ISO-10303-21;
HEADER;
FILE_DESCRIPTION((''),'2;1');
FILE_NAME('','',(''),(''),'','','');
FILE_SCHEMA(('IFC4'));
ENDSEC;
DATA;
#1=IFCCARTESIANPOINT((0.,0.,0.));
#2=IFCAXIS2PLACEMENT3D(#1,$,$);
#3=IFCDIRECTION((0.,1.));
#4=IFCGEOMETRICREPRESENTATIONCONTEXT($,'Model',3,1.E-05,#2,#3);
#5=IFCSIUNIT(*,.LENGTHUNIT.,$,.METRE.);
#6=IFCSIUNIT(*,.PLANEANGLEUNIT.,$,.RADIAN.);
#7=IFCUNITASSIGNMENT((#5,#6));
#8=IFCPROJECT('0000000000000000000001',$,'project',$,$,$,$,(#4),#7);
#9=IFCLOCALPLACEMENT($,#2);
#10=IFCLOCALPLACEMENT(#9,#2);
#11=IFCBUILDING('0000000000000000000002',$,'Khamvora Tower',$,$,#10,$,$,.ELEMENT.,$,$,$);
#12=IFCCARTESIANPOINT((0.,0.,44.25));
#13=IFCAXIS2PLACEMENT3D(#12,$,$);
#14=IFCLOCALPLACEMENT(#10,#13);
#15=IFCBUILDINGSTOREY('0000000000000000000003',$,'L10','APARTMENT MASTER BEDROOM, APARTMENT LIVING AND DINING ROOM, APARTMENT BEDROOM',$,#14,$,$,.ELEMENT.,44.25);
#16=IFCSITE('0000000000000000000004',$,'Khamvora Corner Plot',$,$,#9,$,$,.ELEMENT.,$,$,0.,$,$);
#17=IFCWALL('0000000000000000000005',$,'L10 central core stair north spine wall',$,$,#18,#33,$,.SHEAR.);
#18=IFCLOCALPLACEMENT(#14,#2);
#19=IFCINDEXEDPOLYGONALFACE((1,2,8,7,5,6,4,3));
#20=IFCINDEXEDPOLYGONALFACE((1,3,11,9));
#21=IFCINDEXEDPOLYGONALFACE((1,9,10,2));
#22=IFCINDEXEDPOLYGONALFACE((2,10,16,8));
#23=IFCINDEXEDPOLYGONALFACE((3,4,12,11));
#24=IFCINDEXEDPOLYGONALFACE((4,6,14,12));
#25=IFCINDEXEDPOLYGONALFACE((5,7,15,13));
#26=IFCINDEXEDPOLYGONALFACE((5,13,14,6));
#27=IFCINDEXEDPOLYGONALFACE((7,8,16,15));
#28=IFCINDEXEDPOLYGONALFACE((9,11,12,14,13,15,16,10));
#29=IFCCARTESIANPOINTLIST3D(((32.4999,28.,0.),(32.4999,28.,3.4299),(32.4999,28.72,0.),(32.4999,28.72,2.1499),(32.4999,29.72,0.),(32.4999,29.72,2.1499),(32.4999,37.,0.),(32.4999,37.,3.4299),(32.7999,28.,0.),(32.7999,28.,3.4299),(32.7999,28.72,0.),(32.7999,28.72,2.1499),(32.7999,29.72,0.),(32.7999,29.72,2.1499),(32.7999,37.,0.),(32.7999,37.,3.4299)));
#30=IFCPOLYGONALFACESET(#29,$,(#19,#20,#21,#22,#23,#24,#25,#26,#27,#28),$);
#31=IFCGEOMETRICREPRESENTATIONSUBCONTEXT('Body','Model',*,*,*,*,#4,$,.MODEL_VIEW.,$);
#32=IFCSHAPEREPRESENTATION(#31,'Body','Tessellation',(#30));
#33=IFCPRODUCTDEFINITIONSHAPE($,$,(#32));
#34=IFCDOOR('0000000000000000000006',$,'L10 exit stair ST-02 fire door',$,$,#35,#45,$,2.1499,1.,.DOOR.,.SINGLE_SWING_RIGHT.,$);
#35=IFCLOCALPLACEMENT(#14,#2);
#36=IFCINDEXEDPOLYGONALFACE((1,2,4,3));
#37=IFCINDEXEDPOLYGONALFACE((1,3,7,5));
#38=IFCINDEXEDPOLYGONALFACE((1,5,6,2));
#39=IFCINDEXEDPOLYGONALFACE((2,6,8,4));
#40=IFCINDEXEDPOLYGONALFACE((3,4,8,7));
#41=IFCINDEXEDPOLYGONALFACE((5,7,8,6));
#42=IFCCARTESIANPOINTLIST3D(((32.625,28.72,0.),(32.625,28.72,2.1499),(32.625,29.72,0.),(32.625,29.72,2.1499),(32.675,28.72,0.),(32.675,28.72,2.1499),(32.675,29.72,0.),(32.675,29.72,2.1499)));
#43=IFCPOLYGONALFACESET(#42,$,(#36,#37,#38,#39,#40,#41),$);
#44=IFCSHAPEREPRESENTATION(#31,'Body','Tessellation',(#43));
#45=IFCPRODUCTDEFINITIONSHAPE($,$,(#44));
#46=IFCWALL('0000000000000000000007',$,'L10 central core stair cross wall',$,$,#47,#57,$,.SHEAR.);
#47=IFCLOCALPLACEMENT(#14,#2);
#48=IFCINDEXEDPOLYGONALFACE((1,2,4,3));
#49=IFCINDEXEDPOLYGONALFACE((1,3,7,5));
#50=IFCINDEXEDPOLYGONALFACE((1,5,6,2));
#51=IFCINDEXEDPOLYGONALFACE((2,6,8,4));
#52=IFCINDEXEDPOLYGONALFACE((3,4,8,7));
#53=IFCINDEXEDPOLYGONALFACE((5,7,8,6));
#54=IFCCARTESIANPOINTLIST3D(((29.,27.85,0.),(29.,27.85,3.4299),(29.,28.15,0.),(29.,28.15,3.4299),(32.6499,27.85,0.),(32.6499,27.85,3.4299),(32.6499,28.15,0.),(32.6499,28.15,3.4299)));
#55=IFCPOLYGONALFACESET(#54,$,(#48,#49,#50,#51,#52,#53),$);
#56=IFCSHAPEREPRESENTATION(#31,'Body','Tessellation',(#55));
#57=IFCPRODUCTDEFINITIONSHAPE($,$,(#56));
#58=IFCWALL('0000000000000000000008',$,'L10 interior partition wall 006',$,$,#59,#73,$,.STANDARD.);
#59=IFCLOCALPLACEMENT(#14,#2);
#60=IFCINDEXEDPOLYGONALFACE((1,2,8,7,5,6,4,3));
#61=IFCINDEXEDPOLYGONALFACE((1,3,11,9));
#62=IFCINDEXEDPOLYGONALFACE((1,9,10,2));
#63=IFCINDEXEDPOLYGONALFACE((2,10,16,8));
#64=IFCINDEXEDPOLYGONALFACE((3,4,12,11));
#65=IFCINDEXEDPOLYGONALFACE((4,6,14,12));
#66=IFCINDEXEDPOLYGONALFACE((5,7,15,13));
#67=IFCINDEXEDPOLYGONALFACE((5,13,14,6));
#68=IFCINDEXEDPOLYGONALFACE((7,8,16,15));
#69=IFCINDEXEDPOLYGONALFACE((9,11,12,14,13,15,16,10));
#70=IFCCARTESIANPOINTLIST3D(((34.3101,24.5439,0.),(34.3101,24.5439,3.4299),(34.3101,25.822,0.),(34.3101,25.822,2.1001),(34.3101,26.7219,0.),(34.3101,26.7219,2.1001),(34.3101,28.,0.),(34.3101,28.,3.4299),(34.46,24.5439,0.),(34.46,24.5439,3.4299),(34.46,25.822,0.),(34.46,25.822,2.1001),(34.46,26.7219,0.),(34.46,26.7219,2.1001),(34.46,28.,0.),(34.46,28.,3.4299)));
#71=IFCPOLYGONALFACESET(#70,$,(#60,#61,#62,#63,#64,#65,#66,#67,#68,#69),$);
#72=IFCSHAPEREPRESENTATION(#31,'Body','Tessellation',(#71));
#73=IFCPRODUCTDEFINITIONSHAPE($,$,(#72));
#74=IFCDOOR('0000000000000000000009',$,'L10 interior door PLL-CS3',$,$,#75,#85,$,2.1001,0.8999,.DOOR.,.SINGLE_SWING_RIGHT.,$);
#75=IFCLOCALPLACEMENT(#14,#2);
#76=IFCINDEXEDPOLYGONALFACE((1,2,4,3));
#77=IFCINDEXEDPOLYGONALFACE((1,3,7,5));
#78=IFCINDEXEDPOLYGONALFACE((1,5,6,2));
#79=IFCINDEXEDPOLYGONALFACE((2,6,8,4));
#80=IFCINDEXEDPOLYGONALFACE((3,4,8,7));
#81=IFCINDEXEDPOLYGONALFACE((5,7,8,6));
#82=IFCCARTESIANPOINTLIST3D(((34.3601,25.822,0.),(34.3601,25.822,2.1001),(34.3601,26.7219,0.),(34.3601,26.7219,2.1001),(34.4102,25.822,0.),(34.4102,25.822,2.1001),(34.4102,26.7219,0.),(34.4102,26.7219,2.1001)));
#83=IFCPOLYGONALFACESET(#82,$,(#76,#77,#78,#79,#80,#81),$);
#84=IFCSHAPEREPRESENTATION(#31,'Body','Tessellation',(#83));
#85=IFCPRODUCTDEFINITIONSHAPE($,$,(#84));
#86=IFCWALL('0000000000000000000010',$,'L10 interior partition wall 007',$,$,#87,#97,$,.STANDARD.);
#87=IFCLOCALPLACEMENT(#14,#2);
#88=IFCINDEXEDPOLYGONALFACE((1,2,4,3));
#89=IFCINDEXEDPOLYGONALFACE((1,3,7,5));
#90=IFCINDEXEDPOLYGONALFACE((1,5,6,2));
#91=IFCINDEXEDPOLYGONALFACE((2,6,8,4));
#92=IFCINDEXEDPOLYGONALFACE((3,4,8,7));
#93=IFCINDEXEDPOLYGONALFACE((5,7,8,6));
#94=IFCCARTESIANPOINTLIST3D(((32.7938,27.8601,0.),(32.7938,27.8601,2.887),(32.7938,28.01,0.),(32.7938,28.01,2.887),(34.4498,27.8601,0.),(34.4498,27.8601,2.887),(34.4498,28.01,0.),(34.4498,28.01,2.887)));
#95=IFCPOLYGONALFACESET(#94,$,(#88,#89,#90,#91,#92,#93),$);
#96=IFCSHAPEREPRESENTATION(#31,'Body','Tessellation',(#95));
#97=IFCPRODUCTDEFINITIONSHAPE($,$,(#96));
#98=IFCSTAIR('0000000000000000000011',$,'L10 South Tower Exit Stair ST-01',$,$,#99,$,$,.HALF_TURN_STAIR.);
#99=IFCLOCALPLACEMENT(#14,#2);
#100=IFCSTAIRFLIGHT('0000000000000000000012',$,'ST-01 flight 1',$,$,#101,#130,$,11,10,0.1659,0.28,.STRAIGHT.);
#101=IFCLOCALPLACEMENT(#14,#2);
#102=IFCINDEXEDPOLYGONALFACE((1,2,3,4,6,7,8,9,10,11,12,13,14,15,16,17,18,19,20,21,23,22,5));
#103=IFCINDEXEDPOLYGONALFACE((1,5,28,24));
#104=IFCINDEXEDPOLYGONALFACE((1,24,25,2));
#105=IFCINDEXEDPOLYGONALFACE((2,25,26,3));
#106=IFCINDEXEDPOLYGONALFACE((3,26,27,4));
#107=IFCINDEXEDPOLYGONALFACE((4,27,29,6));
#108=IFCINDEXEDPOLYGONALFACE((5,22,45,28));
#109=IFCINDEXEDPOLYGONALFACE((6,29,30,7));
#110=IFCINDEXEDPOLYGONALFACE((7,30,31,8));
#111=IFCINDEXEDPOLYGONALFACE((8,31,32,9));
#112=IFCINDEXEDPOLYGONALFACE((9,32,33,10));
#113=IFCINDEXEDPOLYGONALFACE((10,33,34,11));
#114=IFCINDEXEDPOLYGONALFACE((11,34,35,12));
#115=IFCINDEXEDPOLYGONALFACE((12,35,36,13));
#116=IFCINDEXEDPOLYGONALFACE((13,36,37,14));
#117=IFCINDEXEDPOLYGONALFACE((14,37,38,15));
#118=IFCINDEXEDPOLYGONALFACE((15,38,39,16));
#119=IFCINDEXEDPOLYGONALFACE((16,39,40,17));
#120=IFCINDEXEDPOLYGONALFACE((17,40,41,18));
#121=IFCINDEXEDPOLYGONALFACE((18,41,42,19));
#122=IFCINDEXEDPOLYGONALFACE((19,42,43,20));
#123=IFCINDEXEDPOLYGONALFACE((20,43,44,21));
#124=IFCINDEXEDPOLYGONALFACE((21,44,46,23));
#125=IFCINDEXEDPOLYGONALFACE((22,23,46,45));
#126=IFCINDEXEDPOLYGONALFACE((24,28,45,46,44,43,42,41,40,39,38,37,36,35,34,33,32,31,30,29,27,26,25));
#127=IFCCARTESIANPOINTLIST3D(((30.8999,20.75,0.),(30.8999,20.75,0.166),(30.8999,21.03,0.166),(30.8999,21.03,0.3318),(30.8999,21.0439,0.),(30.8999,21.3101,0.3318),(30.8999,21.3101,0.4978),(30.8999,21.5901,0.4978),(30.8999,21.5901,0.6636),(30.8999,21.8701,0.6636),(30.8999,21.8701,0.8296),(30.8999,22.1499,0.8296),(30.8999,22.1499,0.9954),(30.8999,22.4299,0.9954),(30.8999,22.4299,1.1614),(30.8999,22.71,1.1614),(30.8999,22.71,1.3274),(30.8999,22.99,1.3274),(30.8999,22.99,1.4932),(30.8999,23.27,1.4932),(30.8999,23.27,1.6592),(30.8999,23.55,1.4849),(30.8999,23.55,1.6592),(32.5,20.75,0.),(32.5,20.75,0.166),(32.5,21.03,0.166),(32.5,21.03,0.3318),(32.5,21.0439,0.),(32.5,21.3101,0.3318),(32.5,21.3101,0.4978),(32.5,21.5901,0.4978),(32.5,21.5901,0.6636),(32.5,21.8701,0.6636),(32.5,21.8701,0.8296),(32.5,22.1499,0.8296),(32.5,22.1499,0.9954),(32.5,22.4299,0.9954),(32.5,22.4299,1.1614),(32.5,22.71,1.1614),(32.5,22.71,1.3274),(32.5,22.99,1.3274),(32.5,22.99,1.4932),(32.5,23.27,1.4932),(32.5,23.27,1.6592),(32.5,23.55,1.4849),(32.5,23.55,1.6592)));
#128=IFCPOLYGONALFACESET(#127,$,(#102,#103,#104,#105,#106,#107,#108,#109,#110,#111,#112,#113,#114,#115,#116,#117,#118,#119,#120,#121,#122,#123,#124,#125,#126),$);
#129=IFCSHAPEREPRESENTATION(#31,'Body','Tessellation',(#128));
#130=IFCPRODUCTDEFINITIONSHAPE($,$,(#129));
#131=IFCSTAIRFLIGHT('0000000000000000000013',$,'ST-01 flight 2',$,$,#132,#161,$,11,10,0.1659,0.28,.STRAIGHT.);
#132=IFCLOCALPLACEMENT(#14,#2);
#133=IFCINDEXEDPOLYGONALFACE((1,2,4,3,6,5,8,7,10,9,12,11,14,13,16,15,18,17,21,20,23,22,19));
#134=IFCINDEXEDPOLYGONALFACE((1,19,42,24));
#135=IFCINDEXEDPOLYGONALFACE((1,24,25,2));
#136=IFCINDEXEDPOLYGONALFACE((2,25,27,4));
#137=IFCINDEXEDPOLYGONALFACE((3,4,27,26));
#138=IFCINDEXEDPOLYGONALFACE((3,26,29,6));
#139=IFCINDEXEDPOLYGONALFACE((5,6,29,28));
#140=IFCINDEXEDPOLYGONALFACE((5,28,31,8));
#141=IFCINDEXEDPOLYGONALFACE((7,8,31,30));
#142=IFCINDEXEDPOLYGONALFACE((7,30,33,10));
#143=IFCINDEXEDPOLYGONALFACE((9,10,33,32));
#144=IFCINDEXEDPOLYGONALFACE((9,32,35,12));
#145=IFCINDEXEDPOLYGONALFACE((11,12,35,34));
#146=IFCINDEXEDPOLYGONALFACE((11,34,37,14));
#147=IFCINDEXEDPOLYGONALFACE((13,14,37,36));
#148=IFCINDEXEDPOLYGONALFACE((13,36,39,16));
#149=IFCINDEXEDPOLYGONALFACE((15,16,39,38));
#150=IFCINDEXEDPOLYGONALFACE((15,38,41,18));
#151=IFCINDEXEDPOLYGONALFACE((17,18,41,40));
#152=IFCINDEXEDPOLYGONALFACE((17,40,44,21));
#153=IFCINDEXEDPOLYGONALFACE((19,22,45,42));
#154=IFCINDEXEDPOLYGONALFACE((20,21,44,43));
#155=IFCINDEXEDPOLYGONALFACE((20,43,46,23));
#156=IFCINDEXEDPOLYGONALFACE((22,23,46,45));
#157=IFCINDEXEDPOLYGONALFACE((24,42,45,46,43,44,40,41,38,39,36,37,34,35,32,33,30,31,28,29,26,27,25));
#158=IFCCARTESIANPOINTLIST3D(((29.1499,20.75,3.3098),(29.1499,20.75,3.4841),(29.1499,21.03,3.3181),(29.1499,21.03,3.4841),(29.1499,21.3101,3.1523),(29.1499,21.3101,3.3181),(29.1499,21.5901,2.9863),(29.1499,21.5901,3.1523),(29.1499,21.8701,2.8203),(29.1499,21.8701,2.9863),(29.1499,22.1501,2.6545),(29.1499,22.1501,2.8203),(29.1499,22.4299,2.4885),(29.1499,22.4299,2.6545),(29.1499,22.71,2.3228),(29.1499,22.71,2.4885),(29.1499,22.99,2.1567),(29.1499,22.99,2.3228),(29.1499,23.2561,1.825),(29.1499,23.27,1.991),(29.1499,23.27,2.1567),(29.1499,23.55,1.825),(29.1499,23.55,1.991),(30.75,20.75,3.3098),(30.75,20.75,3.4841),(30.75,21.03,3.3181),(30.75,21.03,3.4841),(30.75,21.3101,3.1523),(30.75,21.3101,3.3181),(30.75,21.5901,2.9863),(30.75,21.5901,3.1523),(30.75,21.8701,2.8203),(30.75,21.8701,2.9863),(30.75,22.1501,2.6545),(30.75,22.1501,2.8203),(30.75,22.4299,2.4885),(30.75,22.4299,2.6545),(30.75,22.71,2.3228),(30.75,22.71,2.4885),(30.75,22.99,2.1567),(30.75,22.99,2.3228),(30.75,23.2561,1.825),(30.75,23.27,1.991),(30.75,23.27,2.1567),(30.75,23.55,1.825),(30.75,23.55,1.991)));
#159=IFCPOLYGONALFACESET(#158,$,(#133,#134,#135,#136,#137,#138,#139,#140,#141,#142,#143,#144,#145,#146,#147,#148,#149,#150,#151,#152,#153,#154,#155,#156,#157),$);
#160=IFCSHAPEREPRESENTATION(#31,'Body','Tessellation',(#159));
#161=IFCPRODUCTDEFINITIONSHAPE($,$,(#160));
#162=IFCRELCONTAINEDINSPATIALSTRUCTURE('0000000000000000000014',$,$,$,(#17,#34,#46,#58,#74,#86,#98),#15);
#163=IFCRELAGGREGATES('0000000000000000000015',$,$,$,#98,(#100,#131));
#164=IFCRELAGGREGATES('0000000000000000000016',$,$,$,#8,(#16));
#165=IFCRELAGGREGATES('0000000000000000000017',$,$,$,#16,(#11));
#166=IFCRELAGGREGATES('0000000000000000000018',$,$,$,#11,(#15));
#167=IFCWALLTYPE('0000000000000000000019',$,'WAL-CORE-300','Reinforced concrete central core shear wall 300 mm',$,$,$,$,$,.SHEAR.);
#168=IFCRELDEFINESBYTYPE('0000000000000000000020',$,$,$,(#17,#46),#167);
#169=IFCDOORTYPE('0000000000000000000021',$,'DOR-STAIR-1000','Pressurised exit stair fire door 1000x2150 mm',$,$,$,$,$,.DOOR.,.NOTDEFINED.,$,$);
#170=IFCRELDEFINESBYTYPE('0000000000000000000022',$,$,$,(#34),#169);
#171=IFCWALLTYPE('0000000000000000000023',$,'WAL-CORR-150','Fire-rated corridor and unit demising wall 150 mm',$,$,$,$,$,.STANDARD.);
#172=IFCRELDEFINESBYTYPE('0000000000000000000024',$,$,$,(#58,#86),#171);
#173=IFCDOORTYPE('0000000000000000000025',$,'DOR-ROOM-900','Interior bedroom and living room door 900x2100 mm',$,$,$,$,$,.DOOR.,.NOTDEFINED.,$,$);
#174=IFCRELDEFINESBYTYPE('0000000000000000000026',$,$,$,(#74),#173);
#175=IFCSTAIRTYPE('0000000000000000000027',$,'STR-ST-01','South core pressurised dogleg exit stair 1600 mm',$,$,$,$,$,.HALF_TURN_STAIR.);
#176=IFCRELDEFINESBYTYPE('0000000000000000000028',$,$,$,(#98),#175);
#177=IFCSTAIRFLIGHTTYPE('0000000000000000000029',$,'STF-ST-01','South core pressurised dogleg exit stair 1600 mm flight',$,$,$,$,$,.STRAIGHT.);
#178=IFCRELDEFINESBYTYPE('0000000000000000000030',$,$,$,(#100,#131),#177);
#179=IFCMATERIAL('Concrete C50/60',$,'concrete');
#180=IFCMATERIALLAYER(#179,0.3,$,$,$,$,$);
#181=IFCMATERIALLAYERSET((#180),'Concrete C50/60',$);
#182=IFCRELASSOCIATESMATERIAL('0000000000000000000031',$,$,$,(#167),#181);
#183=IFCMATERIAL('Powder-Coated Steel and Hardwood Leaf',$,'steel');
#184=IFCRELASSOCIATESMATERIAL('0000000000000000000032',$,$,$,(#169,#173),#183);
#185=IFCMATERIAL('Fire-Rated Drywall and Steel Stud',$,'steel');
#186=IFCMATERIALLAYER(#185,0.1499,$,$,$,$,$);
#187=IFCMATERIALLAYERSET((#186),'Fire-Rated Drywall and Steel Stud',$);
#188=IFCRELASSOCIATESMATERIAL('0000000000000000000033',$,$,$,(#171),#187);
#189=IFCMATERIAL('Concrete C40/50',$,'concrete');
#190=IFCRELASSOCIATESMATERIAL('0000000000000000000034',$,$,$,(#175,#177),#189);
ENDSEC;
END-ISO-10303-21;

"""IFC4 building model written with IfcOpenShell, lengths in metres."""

from ifc_helpers import new_model, si_unit, direction, frame, frame_2d, origin, place, context, subcontext, project, spatial, polyline, rectangle, outline, extrude, material, layer, layer_set, type_object, element, fill, aggregate, save


model = new_model("IFC4")

# Units and contexts
model_context = context("Model", 3, precision=1e-05, world=origin(), true_north=direction((0.0, 1.0)))
body_context = subcontext(model_context, "Body", "Model", "MODEL_VIEW")
ifc_project = project(units=[si_unit("LENGTHUNIT", "METRE"), si_unit("PLANEANGLEUNIT", "RADIAN")], contexts=[model_context])

# Site, building, storey
site_placement = place(None, origin())
site = spatial("IfcSite", under=ifc_project, at=site_placement, Name="Khamvora Corner Plot", CompositionType="ELEMENT", RefElevation=0.0)
building_placement = place(site_placement, origin())
building = spatial("IfcBuilding", under=site, at=building_placement, Name="Khamvora Tower", CompositionType="ELEMENT")
storey_placement = place(building_placement, frame((0.0, 0.0, 44.25)))
storey = spatial("IfcBuildingStorey", under=building, at=storey_placement, Name="L10", Description="APARTMENT MASTER BEDROOM, APARTMENT LIVING AND DINING ROOM, APARTMENT BEDROOM", CompositionType="ELEMENT", Elevation=44.25)

# Wall, opening, door
ifc_material_1 = material(Name="Concrete C50/60", Category="concrete")
ifc_layer_1 = layer(ifc_material_1, 0.3)
ifc_layer_set_1 = layer_set([ifc_layer_1], Name="Concrete C50/60")
wall_type_1 = type_object("IfcWallType", Name="WAL-CORE-300", Description="Reinforced concrete central core shear wall 300 mm", PredefinedType="SHEAR", material=ifc_layer_set_1)
wall_1_placement = place(storey_placement, frame((32.6499, 28.0, 0.0), z_axis=(0.0, 0.0, 1.0), x_axis=(0.0, 1.0, 0.0)))
wall_1 = element("IfcWall", 1, at=wall_1_placement, inside=storey, type_object=wall_type_1, Name="L10 central core stair north spine wall", PredefinedType="SHEAR", context=body_context, shape_type="SweptSolid", body=[
    extrude(rectangle(XDim=9.0, YDim=0.3, at=frame_2d((4.5, 0.0))), origin(), (0.0, 0.0, 1.0), 3.4299),
])
opening_1_placement = place(wall_1_placement, frame((0.72, 0.0, 0.0)))
opening_1 = element("IfcOpeningElement", 2, at=opening_1_placement, cuts=wall_1, PredefinedType="OPENING", context=body_context, shape_type="SweptSolid", body=[
    extrude(rectangle(XDim=1.0, YDim=2.1499, at=frame_2d((0.5, 1.075))), frame((0.0, 0.1599, 0.0), z_axis=(0.0, -1.0, 0.0), x_axis=(1.0, 0.0, 0.0)), (0.0, 0.0, 1.0), 0.3201),
])
ifc_material_2 = material(Name="Powder-Coated Steel and Hardwood Leaf", Category="steel")
door_type_1 = type_object("IfcDoorType", Name="DOR-STAIR-1000", Description="Pressurised exit stair fire door 1000x2150 mm", OperationType="NOTDEFINED", PredefinedType="DOOR", material=ifc_material_2)
door_1_placement = place(opening_1_placement, origin())
door_1 = element("IfcDoor", 3, at=door_1_placement, inside=storey, type_object=door_type_1, Name="L10 exit stair ST-02 fire door", OperationType="SINGLE_SWING_RIGHT", OverallHeight=2.1499, OverallWidth=1.0, PredefinedType="DOOR", context=body_context, shape_type="SweptSolid", body=[
    extrude(rectangle(XDim=1.0, YDim=2.1499, at=frame_2d((0.5, 1.075))), frame((0.0, 0.0249, 0.0), z_axis=(0.0, -1.0, 0.0), x_axis=(1.0, 0.0, 0.0)), (0.0, 0.0, 1.0), 0.05),
])
fill(opening_1, door_1)

# Wall
wall_2_placement = place(storey_placement, frame((29.0, 28.0, 0.0), z_axis=(0.0, 0.0, 1.0), x_axis=(1.0, 0.0, 0.0)))
element("IfcWall", 4, at=wall_2_placement, inside=storey, type_object=wall_type_1, Name="L10 central core stair cross wall", PredefinedType="SHEAR", context=body_context, shape_type="SweptSolid", body=[
    extrude(rectangle(XDim=3.6499, YDim=0.3, at=frame_2d((1.825, 0.0))), origin(), (0.0, 0.0, 1.0), 3.4299),
])

# Wall, opening, door
ifc_material_3 = material(Name="Fire-Rated Drywall and Steel Stud", Category="steel")
ifc_layer_2 = layer(ifc_material_3, 0.1499)
ifc_layer_set_2 = layer_set([ifc_layer_2], Name="Fire-Rated Drywall and Steel Stud")
wall_type_2 = type_object("IfcWallType", Name="WAL-CORR-150", Description="Fire-rated corridor and unit demising wall 150 mm", PredefinedType="STANDARD", material=ifc_layer_set_2)
wall_3_placement = place(storey_placement, frame((34.385, 24.5439, 0.0), z_axis=(0.0, 0.0, 1.0), x_axis=(0.0, 1.0, 0.0)))
wall_3 = element("IfcWall", 5, at=wall_3_placement, inside=storey, type_object=wall_type_2, Name="L10 interior partition wall 006", PredefinedType="STANDARD", context=body_context, shape_type="SweptSolid", body=[
    extrude(rectangle(XDim=3.4561, YDim=0.1499, at=frame_2d((1.728, 0.0))), origin(), (0.0, 0.0, 1.0), 3.4299),
])
opening_2_placement = place(wall_3_placement, frame((1.2781, 0.0, 0.0)))
opening_2 = element("IfcOpeningElement", 6, at=opening_2_placement, cuts=wall_3, PredefinedType="OPENING", context=body_context, shape_type="SweptSolid", body=[
    extrude(rectangle(XDim=0.8999, YDim=2.1001, at=frame_2d((0.45, 1.05))), frame((0.0, 0.085, 0.0), z_axis=(0.0, -1.0, 0.0), x_axis=(1.0, 0.0, 0.0)), (0.0, 0.0, 1.0), 0.1699),
])
door_type_2 = type_object("IfcDoorType", Name="DOR-ROOM-900", Description="Interior bedroom and living room door 900x2100 mm", OperationType="NOTDEFINED", PredefinedType="DOOR", material=ifc_material_2)
door_2_placement = place(opening_2_placement, origin())
door_2 = element("IfcDoor", 7, at=door_2_placement, inside=storey, type_object=door_type_2, Name="L10 interior door PLL-CS3", OperationType="SINGLE_SWING_RIGHT", OverallHeight=2.1001, OverallWidth=0.8999, PredefinedType="DOOR", context=body_context, shape_type="SweptSolid", body=[
    extrude(rectangle(XDim=0.8999, YDim=2.1001, at=frame_2d((0.45, 1.05))), frame((0.0, 0.0249, 0.0), z_axis=(0.0, -1.0, 0.0), x_axis=(1.0, 0.0, 0.0)), (0.0, 0.0, 1.0), 0.05),
])
fill(opening_2, door_2)

# Wall
wall_4_placement = place(storey_placement, frame((34.45, 27.9351, 0.0), z_axis=(0.0, 0.0, 1.0), x_axis=(-1.0, 0.0, 0.0)))
element("IfcWall", 8, at=wall_4_placement, inside=storey, type_object=wall_type_2, Name="L10 interior partition wall 007", PredefinedType="STANDARD", context=body_context, shape_type="SweptSolid", body=[
    extrude(rectangle(XDim=1.656, YDim=0.1499, at=frame_2d((0.8281, 0.0))), origin(), (0.0, 0.0, 1.0), 2.887),
])

# Stair, stair flights
ifc_material_4 = material(Name="Concrete C40/50", Category="concrete")
stair_type = type_object("IfcStairType", Name="STR-ST-01", Description="South core pressurised dogleg exit stair 1600 mm", PredefinedType="HALF_TURN_STAIR", material=ifc_material_4)
stair_placement = place(storey_placement, origin())
stair = element("IfcStair", 9, at=stair_placement, inside=storey, type_object=stair_type, Name="L10 South Tower Exit Stair ST-01", PredefinedType="HALF_TURN_STAIR")
stair_flight_type = type_object("IfcStairFlightType", Name="STF-ST-01", Description="South core pressurised dogleg exit stair 1600 mm flight", PredefinedType="STRAIGHT", material=ifc_material_4)
stair_flight_1_placement = place(storey_placement, frame((31.7, 20.75, 0.0), z_axis=(0.0, 0.0, 1.0), x_axis=(0.0, 1.0, 0.0)))
stair_flight_1 = element("IfcStairFlight", 10, at=stair_flight_1_placement, type_object=stair_flight_type, Name="ST-01 flight 1", NumberOfRisers=11, NumberOfTreads=10, PredefinedType="STRAIGHT", RiserHeight=0.1659, TreadLength=0.28, context=body_context, shape_type="SweptSolid", body=[
    extrude(outline(polyline([(0.0, 0.0), (0.0, 0.166), (0.28, 0.166), (0.28, 0.3318), (0.5601, 0.3318), (0.5601, 0.4978), (0.8401, 0.4978), (0.8401, 0.6636), (1.1201, 0.6636), (1.1201, 0.8296), (1.3999, 0.8296), (1.3999, 0.9954), (1.6799, 0.9954), (1.6799, 1.1614), (1.96, 1.1614), (1.96, 1.3274), (2.24, 1.3274), (2.24, 1.4932), (2.52, 1.4932), (2.52, 1.6592), (2.8, 1.6592), (2.8, 1.825), (2.8, 1.4849), (0.2939, 0.0), (0.0, 0.0)])), frame((0.0, 0.8, 0.0), z_axis=(0.0, -1.0, 0.0), x_axis=(1.0, 0.0, 0.0)), (0.0, 0.0, 1.0), 1.6001),
])
stair_flight_2_placement = place(storey_placement, frame((29.95, 23.55, 1.825), z_axis=(0.0, 0.0, 1.0), x_axis=(0.0, -1.0, 0.0)))
stair_flight_2 = element("IfcStairFlight", 11, at=stair_flight_2_placement, type_object=stair_flight_type, Name="ST-01 flight 2", NumberOfRisers=11, NumberOfTreads=10, PredefinedType="STRAIGHT", RiserHeight=0.1659, TreadLength=0.28, context=body_context, shape_type="SweptSolid", body=[
    extrude(outline(polyline([(0.0, 0.0), (0.0, 0.166), (0.28, 0.166), (0.28, 0.3318), (0.5601, 0.3318), (0.5601, 0.4978), (0.8401, 0.4978), (0.8401, 0.6636), (1.1201, 0.6636), (1.1201, 0.8296), (1.3999, 0.8296), (1.3999, 0.9954), (1.6799, 0.9954), (1.6799, 1.1614), (1.96, 1.1614), (1.96, 1.3274), (2.24, 1.3274), (2.24, 1.4932), (2.52, 1.4932), (2.52, 1.6592), (2.8, 1.6592), (2.8, 1.825), (2.8, 1.4849), (0.2939, 0.0), (0.0, 0.0)])), frame((0.0, 0.8, 0.0), z_axis=(0.0, -1.0, 0.0), x_axis=(1.0, 0.0, 0.0)), (0.0, 0.0, 1.0), 1.6001),
])
aggregate(stair, [stair_flight_1, stair_flight_2])

save(model, "model.ifc")
